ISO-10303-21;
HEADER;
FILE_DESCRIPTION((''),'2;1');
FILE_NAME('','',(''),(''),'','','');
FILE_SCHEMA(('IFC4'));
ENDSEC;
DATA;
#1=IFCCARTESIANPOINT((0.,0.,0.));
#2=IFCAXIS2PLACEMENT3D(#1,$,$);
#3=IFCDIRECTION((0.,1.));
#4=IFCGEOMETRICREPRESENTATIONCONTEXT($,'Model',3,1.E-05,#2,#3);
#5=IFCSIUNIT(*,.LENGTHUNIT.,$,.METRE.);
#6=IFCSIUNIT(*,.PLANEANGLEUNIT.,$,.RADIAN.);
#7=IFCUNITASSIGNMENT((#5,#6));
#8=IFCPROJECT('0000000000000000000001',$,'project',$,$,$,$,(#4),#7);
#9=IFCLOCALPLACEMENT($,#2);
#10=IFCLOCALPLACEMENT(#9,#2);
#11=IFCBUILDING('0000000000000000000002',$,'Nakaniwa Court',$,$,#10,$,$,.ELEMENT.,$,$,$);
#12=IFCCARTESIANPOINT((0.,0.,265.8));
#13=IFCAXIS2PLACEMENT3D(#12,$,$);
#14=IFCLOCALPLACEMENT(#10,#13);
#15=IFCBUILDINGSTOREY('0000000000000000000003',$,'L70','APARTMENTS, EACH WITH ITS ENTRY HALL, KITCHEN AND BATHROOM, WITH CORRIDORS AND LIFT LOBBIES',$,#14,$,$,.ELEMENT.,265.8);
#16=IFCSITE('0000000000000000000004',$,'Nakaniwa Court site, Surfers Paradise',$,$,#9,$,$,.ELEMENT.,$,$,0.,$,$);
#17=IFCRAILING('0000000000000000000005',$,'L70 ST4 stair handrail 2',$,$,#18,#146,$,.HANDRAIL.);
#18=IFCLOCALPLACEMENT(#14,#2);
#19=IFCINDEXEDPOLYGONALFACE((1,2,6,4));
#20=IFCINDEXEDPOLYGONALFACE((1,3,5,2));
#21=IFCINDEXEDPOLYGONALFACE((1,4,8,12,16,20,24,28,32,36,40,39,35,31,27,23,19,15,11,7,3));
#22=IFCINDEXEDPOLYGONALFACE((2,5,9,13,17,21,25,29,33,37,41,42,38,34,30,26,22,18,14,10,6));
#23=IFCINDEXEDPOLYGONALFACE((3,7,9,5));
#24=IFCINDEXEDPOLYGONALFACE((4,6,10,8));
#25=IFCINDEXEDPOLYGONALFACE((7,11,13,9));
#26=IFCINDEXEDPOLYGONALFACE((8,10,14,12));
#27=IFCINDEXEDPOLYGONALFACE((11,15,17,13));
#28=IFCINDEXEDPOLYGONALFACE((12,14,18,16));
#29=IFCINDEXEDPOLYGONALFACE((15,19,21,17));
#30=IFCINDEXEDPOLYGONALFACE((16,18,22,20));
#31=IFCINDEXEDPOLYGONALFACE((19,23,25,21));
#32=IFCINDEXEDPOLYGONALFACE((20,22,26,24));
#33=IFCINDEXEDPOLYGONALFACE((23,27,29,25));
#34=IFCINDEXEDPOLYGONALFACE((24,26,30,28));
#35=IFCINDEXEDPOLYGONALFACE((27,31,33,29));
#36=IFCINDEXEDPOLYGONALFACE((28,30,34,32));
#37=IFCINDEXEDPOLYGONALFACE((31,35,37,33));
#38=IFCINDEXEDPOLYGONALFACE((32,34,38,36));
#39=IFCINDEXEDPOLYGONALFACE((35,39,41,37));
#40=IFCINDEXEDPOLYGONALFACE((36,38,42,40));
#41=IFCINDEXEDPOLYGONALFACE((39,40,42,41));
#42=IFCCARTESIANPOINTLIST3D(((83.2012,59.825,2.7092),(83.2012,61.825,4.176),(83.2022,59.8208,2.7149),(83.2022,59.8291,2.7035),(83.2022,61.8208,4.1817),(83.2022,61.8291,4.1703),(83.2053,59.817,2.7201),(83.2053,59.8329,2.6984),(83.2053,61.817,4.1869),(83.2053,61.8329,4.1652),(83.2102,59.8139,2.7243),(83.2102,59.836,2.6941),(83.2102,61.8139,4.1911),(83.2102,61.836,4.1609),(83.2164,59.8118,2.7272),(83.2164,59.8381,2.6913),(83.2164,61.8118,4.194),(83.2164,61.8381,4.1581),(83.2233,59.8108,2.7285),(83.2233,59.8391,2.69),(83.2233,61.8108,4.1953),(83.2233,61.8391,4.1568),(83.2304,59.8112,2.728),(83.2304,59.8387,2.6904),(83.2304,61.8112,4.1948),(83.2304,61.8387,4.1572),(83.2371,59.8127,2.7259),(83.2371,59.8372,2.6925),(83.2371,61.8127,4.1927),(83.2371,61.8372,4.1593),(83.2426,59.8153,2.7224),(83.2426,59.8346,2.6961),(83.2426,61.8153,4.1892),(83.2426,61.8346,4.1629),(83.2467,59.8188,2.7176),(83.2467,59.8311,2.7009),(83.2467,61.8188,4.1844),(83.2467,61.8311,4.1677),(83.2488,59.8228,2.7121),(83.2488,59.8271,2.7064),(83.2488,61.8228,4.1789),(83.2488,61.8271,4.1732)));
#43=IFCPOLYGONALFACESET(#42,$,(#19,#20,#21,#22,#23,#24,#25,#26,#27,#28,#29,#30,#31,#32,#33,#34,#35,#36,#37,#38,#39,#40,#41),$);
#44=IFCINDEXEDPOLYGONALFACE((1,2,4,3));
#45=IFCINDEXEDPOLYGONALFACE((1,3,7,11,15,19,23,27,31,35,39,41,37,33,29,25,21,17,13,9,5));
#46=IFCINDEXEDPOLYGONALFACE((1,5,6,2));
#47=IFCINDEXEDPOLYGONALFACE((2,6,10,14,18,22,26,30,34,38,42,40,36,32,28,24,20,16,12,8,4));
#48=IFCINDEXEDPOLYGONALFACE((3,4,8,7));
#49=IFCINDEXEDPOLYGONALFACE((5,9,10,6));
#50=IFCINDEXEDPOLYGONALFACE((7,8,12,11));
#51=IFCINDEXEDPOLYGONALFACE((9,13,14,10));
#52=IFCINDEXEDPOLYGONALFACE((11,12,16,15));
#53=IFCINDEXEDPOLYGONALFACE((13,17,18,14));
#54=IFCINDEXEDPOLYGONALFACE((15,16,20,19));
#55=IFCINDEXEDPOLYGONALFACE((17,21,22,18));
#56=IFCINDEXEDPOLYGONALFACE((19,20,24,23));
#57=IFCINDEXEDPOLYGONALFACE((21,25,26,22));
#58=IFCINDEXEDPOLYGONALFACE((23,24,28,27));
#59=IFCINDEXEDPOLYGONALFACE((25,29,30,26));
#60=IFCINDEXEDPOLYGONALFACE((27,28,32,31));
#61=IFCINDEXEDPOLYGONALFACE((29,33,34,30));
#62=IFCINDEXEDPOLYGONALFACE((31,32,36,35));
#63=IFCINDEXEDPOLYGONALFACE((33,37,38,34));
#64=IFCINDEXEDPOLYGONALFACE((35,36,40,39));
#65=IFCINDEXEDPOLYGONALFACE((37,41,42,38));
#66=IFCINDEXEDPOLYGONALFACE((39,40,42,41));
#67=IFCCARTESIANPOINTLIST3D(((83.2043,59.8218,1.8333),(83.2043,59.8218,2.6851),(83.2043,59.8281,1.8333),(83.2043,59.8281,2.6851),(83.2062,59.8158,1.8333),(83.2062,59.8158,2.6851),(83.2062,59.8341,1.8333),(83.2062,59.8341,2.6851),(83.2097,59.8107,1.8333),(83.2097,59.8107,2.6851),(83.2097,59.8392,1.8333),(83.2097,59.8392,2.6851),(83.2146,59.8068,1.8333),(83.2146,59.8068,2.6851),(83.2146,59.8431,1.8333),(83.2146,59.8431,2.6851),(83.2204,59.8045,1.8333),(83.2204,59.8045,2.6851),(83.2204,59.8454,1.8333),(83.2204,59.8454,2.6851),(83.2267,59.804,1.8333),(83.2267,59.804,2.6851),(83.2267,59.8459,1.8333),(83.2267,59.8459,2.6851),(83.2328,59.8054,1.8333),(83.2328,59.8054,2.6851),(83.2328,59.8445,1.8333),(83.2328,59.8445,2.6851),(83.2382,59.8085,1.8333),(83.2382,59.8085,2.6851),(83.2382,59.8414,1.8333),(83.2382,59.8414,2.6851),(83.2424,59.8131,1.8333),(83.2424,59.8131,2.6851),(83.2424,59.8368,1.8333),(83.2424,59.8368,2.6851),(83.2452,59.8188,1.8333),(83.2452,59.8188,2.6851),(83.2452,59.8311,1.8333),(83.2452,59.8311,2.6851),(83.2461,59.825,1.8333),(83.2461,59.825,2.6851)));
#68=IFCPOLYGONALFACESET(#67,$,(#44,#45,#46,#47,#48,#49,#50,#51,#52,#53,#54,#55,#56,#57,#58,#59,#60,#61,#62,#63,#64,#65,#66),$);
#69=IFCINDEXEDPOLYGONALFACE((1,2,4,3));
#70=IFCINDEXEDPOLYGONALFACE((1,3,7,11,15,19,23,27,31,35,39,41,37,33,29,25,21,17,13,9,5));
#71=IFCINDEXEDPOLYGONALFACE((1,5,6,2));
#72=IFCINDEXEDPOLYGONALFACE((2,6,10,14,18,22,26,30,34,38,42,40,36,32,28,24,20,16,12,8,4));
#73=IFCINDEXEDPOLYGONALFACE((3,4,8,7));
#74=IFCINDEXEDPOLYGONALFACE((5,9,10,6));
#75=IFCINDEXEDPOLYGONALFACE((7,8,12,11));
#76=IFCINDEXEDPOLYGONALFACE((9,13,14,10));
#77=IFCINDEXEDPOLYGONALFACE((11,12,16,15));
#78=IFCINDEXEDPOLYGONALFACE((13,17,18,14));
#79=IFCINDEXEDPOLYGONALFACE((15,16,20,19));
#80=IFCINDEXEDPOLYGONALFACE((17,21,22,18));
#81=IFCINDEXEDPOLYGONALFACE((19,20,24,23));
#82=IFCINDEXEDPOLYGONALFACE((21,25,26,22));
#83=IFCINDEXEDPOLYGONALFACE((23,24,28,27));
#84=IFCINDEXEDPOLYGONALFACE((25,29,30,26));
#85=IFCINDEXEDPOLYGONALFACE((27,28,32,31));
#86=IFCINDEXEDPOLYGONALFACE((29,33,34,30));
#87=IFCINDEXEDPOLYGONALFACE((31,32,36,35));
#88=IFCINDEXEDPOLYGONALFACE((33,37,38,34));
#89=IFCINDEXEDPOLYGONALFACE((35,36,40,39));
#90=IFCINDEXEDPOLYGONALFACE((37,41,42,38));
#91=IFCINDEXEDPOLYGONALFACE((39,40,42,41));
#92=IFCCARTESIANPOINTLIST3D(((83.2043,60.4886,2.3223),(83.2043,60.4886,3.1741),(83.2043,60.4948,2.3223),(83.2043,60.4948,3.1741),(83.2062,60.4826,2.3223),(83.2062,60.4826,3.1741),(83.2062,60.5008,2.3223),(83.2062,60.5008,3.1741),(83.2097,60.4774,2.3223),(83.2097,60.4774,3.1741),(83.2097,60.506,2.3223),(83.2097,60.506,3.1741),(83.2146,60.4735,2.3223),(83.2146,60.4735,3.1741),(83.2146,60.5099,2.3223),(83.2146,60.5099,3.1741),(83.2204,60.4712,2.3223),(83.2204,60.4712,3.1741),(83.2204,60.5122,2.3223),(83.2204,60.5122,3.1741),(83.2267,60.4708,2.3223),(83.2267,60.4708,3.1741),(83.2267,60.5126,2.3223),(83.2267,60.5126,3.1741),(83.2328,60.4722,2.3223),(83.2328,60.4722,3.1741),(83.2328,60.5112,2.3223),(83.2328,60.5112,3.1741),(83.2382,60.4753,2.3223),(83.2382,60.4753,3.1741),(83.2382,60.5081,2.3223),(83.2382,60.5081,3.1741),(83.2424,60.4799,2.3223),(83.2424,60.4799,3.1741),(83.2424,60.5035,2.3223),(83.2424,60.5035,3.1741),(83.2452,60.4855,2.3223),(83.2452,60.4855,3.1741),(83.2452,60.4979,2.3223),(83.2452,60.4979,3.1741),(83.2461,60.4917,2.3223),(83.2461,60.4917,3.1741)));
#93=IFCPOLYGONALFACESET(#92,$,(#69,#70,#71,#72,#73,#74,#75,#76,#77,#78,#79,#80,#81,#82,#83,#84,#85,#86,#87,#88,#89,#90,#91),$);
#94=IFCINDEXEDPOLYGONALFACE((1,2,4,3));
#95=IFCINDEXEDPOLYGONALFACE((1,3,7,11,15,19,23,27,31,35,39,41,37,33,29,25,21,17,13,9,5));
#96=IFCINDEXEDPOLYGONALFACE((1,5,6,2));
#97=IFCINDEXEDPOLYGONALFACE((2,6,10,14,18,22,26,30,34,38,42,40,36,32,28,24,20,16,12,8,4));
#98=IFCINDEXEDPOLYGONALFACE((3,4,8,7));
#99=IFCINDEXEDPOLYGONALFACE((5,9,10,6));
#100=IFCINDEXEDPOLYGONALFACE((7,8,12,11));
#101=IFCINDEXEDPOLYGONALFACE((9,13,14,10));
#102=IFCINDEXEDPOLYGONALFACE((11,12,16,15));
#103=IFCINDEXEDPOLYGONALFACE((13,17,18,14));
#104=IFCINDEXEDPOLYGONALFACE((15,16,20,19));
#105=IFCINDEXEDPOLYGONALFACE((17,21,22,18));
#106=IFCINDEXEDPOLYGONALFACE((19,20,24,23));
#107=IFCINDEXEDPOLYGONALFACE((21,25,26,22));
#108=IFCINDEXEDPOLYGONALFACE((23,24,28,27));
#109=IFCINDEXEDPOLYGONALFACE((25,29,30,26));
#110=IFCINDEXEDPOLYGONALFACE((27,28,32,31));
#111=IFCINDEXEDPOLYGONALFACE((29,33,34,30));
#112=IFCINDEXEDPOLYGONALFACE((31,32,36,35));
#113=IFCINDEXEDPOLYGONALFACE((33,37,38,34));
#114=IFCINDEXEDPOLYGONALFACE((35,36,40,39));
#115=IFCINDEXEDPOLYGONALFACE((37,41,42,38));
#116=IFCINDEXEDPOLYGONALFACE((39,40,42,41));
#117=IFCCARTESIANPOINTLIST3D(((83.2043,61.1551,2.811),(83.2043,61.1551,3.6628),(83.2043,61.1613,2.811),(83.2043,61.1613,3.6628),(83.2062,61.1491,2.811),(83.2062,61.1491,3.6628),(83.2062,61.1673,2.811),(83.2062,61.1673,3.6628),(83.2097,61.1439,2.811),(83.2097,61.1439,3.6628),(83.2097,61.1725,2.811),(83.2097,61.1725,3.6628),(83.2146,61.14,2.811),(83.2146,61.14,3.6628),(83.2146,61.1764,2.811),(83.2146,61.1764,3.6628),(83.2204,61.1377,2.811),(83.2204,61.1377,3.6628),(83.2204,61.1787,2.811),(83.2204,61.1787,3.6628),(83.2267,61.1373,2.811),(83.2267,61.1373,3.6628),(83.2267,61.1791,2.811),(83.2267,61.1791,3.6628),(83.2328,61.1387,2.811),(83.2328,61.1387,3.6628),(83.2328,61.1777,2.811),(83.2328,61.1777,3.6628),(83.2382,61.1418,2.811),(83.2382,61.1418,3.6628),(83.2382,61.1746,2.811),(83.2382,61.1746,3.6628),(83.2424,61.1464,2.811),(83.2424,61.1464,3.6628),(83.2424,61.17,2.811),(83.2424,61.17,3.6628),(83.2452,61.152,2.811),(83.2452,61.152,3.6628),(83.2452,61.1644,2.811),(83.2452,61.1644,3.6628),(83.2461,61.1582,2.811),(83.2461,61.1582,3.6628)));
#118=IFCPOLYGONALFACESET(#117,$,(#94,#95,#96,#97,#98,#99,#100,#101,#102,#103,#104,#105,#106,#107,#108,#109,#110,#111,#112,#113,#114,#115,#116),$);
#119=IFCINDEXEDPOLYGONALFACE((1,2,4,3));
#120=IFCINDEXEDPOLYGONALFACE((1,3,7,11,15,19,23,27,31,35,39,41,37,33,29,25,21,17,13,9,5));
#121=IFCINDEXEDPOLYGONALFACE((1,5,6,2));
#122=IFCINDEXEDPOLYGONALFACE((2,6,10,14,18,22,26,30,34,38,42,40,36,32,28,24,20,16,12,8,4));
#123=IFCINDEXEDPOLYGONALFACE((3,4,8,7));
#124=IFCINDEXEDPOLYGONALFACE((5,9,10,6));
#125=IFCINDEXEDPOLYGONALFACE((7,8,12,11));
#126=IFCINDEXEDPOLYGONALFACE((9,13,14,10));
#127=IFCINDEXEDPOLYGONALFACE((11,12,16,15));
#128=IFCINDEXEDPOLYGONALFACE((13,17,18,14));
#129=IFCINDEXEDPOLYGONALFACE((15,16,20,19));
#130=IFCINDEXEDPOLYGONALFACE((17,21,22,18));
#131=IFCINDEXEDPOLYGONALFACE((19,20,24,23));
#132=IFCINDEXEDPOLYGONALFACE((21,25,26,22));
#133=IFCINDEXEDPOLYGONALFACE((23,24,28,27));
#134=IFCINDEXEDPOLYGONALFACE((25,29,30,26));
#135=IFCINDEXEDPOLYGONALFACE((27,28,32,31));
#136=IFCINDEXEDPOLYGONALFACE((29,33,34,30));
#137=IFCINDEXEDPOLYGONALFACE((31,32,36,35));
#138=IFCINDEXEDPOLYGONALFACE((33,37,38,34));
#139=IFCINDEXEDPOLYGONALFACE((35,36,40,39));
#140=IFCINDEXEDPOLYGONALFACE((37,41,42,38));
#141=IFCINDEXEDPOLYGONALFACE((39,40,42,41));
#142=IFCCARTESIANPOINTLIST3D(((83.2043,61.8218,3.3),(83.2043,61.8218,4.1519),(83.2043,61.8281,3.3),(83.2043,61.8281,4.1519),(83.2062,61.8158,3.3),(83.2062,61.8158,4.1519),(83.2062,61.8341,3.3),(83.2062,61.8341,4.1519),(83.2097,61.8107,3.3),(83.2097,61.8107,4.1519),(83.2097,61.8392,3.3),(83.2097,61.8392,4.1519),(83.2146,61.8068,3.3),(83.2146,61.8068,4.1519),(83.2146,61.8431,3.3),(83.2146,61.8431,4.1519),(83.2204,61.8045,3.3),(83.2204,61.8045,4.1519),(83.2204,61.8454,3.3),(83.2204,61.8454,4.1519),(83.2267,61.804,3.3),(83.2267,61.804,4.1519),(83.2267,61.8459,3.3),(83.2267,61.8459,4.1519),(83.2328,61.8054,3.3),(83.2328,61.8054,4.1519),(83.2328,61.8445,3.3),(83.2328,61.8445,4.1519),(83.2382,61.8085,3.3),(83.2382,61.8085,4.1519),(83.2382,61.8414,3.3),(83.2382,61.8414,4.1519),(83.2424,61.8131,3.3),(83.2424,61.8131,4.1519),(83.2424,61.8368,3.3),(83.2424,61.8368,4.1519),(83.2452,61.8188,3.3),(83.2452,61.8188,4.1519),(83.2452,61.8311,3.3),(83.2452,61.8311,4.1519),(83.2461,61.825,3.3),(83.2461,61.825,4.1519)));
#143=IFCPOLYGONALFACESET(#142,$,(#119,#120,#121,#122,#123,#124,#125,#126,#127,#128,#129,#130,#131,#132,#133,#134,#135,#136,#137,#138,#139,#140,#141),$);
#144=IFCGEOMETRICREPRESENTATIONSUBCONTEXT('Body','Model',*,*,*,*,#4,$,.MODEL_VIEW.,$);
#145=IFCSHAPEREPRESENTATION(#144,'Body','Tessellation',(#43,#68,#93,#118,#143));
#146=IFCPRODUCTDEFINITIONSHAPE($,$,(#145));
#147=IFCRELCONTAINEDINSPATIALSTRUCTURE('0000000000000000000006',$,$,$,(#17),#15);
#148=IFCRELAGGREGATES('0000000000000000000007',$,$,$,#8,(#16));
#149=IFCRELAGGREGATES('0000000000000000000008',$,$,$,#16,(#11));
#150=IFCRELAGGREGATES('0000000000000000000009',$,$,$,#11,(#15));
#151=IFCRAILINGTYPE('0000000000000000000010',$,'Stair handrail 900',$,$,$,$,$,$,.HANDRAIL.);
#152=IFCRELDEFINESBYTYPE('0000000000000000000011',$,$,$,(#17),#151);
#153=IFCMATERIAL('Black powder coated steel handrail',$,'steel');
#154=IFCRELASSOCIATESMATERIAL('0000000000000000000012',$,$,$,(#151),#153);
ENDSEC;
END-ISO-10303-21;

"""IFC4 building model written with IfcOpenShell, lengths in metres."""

from ifc_helpers import new_model, si_unit, direction, frame, origin, origin_2d, place, context, subcontext, project, spatial, circle, extrude, material, type_object, element, save


model = new_model("IFC4")

# Units and contexts
model_context = context("Model", 3, precision=1e-05, world=origin(), true_north=direction((0.0, 1.0)))
body_context = subcontext(model_context, "Body", "Model", "MODEL_VIEW")
ifc_project = project(units=[si_unit("LENGTHUNIT", "METRE"), si_unit("PLANEANGLEUNIT", "RADIAN")], contexts=[model_context])

# Site, building, storey
site_placement = place(None, origin())
site = spatial("IfcSite", under=ifc_project, at=site_placement, Name="Nakaniwa Court site, Surfers Paradise", CompositionType="ELEMENT", RefElevation=0.0)
building_placement = place(site_placement, origin())
building = spatial("IfcBuilding", under=site, at=building_placement, Name="Nakaniwa Court", CompositionType="ELEMENT")
storey_placement = place(building_placement, frame((0.0, 0.0, 265.8)))
storey = spatial("IfcBuildingStorey", under=building, at=storey_placement, Name="L70", Description="APARTMENTS, EACH WITH ITS ENTRY HALL, KITCHEN AND BATHROOM, WITH CORRIDORS AND LIFT LOBBIES", CompositionType="ELEMENT", Elevation=265.8)

# Railing
ifc_material_1 = material(Name="Black powder coated steel handrail", Category="steel")
railing_type_1 = type_object("IfcRailingType", Name="Stair handrail 900", PredefinedType="HANDRAIL", material=ifc_material_1)
railing_1_placement = place(storey_placement, frame((83.2251, 59.825, 1.8333)))
element("IfcRailing", 1, at=railing_1_placement, inside=storey, type_object=railing_type_1, Name="L70 ST4 stair handrail 2", PredefinedType="HANDRAIL", context=body_context, shape_type="SweptSolid", body=[
    extrude(circle(Radius=0.0239, at=origin_2d()), frame((0.0, 0.0, 0.876), z_axis=(0.0, 0.80638, 0.591398), x_axis=(-1.0, 0.0, 0.0)), (0.0, 0.0, 1.0), 2.4802),
    extrude(circle(Radius=0.021, at=origin_2d()), origin(), (0.0, 0.0, 1.0), 0.8518),
    extrude(circle(Radius=0.021, at=origin_2d()), frame((0.0, 0.6667, 0.489)), (0.0, 0.0, 1.0), 0.8518),
    extrude(circle(Radius=0.021, at=origin_2d()), frame((0.0, 1.3333, 0.9778)), (0.0, 0.0, 1.0), 0.8518),
    extrude(circle(Radius=0.021, at=origin_2d()), frame((0.0, 2.0, 1.4668)), (0.0, 0.0, 1.0), 0.8518),
])

save(model, "model.ifc")
